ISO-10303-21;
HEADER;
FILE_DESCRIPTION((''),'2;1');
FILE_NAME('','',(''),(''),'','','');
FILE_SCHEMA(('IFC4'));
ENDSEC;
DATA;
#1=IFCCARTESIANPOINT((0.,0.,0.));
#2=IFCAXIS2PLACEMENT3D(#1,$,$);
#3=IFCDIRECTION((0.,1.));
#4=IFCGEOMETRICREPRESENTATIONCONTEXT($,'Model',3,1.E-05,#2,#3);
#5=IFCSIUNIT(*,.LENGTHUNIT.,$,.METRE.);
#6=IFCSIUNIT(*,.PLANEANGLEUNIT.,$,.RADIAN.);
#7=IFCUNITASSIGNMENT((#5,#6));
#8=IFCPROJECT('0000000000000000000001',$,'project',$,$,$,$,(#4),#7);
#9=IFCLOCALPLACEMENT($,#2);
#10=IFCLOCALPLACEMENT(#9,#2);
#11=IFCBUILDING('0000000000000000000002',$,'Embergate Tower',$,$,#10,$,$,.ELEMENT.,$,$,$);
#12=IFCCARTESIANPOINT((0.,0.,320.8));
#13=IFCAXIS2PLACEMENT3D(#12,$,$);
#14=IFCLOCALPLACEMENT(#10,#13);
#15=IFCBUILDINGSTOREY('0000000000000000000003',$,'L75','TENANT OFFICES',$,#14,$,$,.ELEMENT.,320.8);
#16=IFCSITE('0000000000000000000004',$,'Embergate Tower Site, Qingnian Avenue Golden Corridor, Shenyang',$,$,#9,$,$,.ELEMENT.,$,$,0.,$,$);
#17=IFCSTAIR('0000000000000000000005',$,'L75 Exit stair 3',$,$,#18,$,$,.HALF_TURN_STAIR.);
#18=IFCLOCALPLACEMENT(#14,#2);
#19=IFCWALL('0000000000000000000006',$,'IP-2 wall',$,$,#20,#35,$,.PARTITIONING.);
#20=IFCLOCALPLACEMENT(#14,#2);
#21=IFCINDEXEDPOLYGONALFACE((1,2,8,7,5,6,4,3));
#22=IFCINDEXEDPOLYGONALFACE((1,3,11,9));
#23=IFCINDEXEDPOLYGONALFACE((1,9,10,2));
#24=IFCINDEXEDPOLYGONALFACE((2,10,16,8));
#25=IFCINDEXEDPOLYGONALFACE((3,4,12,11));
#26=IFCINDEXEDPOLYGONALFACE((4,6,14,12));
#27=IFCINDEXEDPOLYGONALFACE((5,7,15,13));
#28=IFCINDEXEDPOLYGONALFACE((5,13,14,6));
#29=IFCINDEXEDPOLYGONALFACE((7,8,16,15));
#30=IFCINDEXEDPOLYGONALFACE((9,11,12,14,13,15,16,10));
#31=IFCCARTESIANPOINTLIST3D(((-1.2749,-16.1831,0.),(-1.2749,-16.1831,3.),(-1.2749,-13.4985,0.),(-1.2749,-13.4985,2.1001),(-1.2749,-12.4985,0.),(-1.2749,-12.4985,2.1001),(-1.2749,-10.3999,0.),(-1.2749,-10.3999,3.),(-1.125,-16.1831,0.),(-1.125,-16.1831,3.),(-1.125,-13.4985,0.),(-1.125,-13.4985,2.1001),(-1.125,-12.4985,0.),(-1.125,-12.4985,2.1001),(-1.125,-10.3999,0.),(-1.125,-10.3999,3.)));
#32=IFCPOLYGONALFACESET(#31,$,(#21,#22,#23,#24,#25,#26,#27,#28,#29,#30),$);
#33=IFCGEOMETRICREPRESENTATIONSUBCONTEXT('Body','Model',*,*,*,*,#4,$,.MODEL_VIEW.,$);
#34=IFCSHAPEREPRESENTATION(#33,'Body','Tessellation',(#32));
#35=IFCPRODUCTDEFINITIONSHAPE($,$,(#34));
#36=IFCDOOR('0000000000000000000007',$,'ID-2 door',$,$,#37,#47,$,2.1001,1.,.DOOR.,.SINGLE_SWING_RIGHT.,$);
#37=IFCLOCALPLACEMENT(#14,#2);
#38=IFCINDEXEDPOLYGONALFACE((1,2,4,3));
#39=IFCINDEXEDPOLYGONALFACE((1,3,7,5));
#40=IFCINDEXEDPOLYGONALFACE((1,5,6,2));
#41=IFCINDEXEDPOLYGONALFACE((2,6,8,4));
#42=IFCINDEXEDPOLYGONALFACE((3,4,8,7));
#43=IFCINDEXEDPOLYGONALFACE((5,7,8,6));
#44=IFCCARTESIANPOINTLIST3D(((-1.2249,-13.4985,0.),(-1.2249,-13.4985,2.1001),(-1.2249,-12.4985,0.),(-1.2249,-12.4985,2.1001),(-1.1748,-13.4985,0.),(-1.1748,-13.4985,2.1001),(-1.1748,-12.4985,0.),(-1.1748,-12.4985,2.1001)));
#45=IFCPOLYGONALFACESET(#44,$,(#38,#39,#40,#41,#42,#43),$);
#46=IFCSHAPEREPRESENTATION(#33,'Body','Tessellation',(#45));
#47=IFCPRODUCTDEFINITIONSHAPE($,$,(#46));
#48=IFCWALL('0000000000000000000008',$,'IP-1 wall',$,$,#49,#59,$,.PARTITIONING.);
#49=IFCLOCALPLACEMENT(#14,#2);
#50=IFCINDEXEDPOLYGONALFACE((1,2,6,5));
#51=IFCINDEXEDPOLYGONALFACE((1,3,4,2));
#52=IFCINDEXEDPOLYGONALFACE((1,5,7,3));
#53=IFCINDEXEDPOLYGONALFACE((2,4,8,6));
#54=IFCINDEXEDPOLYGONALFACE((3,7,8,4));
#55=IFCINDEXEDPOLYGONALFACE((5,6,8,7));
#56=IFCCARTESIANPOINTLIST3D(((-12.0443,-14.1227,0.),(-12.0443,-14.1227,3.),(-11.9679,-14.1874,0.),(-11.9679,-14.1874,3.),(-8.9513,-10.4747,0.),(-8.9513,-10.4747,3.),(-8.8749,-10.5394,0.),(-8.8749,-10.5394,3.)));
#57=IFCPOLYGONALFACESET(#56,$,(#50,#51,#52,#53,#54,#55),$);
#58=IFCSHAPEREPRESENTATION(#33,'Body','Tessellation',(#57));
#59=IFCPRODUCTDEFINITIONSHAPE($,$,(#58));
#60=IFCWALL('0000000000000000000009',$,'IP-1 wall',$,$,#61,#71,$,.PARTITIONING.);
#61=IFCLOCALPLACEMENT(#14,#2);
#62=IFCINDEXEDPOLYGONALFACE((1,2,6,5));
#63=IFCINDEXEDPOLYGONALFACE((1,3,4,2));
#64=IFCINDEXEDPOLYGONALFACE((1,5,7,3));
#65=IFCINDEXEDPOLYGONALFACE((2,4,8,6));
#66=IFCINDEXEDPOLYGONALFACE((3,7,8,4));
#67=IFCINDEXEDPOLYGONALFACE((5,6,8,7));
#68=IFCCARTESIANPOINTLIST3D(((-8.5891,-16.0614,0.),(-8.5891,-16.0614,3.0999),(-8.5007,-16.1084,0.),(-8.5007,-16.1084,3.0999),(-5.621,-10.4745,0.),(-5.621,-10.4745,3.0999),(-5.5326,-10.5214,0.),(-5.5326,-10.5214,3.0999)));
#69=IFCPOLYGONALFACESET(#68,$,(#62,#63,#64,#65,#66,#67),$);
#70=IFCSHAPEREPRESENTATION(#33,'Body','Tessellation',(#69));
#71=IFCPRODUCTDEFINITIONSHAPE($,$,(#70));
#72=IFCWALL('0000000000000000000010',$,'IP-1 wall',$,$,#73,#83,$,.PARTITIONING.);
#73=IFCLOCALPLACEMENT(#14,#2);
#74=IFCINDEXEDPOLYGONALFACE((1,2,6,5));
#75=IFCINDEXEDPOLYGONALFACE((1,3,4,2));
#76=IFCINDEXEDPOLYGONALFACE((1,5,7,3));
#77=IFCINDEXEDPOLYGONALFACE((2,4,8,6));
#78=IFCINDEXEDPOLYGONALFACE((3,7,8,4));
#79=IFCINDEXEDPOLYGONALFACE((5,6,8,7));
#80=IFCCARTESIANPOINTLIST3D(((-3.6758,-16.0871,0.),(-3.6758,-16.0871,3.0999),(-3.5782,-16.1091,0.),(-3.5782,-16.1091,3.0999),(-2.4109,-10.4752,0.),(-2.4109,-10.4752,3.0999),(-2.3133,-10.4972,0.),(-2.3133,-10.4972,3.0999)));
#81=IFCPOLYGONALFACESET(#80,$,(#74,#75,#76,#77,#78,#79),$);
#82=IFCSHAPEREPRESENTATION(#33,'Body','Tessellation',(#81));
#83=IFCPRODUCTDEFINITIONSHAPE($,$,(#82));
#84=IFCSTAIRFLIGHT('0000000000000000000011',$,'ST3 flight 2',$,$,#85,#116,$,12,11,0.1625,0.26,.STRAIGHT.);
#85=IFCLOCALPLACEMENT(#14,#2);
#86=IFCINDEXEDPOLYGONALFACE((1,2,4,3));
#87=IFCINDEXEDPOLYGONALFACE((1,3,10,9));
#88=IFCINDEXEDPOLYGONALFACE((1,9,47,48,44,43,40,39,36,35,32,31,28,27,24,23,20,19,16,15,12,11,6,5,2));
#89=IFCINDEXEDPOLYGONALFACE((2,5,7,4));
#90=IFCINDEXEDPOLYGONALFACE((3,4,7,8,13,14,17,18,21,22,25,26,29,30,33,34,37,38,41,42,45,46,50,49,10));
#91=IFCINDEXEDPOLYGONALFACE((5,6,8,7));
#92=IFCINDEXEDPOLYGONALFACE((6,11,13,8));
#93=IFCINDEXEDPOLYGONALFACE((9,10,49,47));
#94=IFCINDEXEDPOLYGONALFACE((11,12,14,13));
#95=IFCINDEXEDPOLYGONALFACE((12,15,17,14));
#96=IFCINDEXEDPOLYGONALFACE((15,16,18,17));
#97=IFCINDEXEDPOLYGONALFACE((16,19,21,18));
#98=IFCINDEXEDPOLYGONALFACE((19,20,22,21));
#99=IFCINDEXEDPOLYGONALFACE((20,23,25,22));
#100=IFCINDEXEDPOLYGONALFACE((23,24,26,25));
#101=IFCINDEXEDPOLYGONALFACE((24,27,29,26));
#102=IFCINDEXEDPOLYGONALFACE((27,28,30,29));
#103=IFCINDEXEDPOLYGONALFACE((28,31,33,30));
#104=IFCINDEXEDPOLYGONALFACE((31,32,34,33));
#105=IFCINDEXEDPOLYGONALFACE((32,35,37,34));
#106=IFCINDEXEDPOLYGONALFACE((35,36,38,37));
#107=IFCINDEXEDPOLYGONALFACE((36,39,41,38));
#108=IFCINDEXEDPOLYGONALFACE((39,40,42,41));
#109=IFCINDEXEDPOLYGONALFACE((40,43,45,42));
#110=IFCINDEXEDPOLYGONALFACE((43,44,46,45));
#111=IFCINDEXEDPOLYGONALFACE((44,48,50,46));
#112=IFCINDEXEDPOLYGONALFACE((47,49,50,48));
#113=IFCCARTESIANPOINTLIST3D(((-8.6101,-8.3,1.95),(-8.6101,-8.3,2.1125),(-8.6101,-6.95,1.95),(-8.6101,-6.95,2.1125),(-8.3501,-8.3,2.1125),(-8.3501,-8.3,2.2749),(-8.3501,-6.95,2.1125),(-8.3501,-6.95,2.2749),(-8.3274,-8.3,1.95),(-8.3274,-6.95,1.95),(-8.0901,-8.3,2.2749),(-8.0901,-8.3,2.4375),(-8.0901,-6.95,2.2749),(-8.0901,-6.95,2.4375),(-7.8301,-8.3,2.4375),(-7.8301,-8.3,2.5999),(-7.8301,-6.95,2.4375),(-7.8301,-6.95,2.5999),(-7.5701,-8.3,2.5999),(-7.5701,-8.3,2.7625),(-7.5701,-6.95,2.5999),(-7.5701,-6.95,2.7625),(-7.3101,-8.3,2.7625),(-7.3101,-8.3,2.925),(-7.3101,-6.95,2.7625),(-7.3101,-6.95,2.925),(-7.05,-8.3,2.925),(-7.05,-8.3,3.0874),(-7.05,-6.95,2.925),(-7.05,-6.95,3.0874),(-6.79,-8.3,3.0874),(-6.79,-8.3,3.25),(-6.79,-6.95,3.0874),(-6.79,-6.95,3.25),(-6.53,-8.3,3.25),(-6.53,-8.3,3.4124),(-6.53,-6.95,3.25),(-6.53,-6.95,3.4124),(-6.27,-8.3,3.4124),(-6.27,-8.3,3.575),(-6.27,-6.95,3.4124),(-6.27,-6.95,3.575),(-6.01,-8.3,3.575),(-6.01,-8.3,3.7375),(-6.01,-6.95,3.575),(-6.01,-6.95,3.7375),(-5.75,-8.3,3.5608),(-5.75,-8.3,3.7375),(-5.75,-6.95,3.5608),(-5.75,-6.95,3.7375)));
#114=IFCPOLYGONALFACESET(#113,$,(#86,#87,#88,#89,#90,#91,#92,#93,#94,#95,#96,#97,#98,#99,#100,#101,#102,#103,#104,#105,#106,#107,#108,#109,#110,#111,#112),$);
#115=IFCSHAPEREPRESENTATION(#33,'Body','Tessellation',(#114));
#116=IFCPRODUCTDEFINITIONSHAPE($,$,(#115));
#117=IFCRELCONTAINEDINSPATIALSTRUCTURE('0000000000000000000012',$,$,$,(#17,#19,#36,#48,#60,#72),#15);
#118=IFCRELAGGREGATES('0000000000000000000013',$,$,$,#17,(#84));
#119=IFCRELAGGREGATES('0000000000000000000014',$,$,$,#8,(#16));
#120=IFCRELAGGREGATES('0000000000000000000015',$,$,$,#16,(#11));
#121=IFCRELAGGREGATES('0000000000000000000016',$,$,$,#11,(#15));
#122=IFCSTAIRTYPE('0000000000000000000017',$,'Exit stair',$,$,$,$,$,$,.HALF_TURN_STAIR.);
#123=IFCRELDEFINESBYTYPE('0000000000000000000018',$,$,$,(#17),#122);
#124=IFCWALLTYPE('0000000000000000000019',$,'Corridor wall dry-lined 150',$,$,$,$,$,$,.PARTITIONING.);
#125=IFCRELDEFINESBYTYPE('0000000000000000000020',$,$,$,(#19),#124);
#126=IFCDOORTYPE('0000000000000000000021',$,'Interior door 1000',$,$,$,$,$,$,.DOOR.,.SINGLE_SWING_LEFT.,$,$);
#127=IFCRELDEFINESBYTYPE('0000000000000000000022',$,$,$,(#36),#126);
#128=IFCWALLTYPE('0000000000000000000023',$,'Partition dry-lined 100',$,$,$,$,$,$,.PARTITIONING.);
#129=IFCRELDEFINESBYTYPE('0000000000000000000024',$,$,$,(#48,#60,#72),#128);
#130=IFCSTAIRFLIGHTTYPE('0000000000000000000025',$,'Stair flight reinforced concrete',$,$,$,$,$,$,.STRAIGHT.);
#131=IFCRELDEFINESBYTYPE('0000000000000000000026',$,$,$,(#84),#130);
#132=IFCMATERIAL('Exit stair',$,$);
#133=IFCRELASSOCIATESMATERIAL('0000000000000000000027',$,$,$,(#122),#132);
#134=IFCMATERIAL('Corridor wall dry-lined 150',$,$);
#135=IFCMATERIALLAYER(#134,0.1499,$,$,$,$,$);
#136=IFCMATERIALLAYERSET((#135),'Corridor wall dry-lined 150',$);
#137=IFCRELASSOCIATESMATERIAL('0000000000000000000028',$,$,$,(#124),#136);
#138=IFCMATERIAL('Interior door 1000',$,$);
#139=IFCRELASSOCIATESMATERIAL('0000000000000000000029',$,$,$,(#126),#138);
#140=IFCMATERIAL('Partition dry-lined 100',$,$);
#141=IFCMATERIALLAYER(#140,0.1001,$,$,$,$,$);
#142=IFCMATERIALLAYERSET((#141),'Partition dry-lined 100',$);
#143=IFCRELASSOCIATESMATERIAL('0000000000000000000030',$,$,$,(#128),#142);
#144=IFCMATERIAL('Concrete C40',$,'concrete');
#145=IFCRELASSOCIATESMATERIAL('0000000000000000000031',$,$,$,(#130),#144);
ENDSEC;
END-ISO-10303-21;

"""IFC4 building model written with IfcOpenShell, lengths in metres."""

from ifc_helpers import new_model, si_unit, direction, frame, frame_2d, origin, place, context, subcontext, project, spatial, polyline, rectangle, outline, extrude, source, transform, mapped, material, layer, layer_set, type_object, element, fill, aggregate, save


model = new_model("IFC4")

# Units and contexts
model_context = context("Model", 3, precision=1e-05, world=origin(), true_north=direction((0.0, 1.0)))
body_context = subcontext(model_context, "Body", "Model", "MODEL_VIEW")
ifc_project = project(units=[si_unit("LENGTHUNIT", "METRE"), si_unit("PLANEANGLEUNIT", "RADIAN")], contexts=[model_context])

# Site, building, storey
site_placement = place(None, origin())
site = spatial("IfcSite", under=ifc_project, at=site_placement, Name="Embergate Tower Site, Qingnian Avenue Golden Corridor, Shenyang", CompositionType="ELEMENT", RefElevation=0.0)
building_placement = place(site_placement, origin())
building = spatial("IfcBuilding", under=site, at=building_placement, Name="Embergate Tower", CompositionType="ELEMENT")
storey_placement = place(building_placement, frame((0.0, 0.0, 320.8)))
storey = spatial("IfcBuildingStorey", under=building, at=storey_placement, Name="L75", Description="TENANT OFFICES", CompositionType="ELEMENT", Elevation=320.8)

# Stair
ifc_material_1 = material(Name="Exit stair")
stair_type = type_object("IfcStairType", Name="Exit stair", PredefinedType="HALF_TURN_STAIR", material=ifc_material_1)
stair_placement = place(storey_placement, origin())
stair = element("IfcStair", 1, at=stair_placement, inside=storey, type_object=stair_type, Name="L75 Exit stair 3", PredefinedType="HALF_TURN_STAIR")
ifc_material_2 = material(Name="Concrete C40", Category="concrete")

# Shared definitions
ifc_material_3 = material(Name="Corridor wall dry-lined 150")
ifc_layer_1 = layer(ifc_material_3, 0.1499)
ifc_layer_set_1 = layer_set([ifc_layer_1], Name="Corridor wall dry-lined 150")
wall_type_1 = type_object("IfcWallType", Name="Corridor wall dry-lined 150", PredefinedType="PARTITIONING", material=ifc_layer_set_1)

# Wall, opening, door
shared_shape_1 = source(origin(), body_context, "Body", "SweptSolid", [
    extrude(rectangle(XDim=5.7832, YDim=0.1499, at=frame_2d((2.8916, 0.0))), origin(), (0.0, 0.0, 1.0), 3.0),
])
wall_1_placement = place(storey_placement, frame((-1.2, -16.1831, 0.0), z_axis=(0.0, 0.0, 1.0), x_axis=(0.0, 1.0, 0.0)))
wall_1 = element("IfcWall", 2, at=wall_1_placement, inside=storey, type_object=wall_type_1, Name="IP-2 wall", PredefinedType="PARTITIONING", context=body_context, shape_type="MappedRepresentation", body=[
    mapped(shared_shape_1, transform((0.0, 0.0, 0.0))),
])
shared_shape_2 = source(origin(), body_context, "Body", "SweptSolid", [
    extrude(rectangle(XDim=1.0, YDim=2.1001, at=frame_2d((0.5, 1.05))), frame((0.0, 0.085, 0.0), z_axis=(0.0, -1.0, 0.0), x_axis=(1.0, 0.0, 0.0)), (0.0, 0.0, 1.0), 0.1699),
])
opening_1_placement = place(wall_1_placement, frame((2.6846, 0.0, 0.0)))
opening_1 = element("IfcOpeningElement", 3, at=opening_1_placement, cuts=wall_1, PredefinedType="OPENING", context=body_context, shape_type="MappedRepresentation", body=[
    mapped(shared_shape_2, transform((0.0, 0.0, 0.0))),
])
ifc_material_4 = material(Name="Interior door 1000")
door_type_1 = type_object("IfcDoorType", Name="Interior door 1000", OperationType="SINGLE_SWING_LEFT", PredefinedType="DOOR", material=ifc_material_4)
shared_shape_3 = source(origin(), body_context, "Body", "SweptSolid", [
    extrude(rectangle(XDim=1.0, YDim=2.1001, at=frame_2d((0.5, 1.05))), frame((0.0, 0.0249, 0.0), z_axis=(0.0, -1.0, 0.0), x_axis=(1.0, 0.0, 0.0)), (0.0, 0.0, 1.0), 0.05),
])
door_1_placement = place(opening_1_placement, origin())
door_1 = element("IfcDoor", 4, at=door_1_placement, inside=storey, type_object=door_type_1, Name="ID-2 door", OperationType="SINGLE_SWING_RIGHT", OverallHeight=2.1001, OverallWidth=1.0, PredefinedType="DOOR", context=body_context, shape_type="MappedRepresentation", body=[
    mapped(shared_shape_3, transform((0.0, 0.0, 0.0))),
])
fill(opening_1, door_1)

# Walls
ifc_material_5 = material(Name="Partition dry-lined 100")
ifc_layer_2 = layer(ifc_material_5, 0.1001)
ifc_layer_set_2 = layer_set([ifc_layer_2], Name="Partition dry-lined 100")
wall_type_2 = type_object("IfcWallType", Name="Partition dry-lined 100", PredefinedType="PARTITIONING", material=ifc_layer_set_2)
shared_shape_4 = source(origin(), body_context, "Body", "SweptSolid", [
    extrude(rectangle(XDim=4.7827, YDim=0.1001, at=frame_2d((2.3914, 0.0))), origin(), (0.0, 0.0, 1.0), 3.0),
])
wall_2_placement = place(storey_placement, frame((-8.9131, -10.5071, 0.0), z_axis=(0.0, 0.0, 1.0), x_axis=(-0.646708, -0.762737, 0.0)))
element("IfcWall", 5, at=wall_2_placement, inside=storey, type_object=wall_type_2, Name="IP-1 wall", PredefinedType="PARTITIONING", context=body_context, shape_type="MappedRepresentation", body=[
    mapped(shared_shape_4, transform((0.0, 0.0, 0.0))),
])
shared_shape_5 = source(origin(), body_context, "Body", "SweptSolid", [
    extrude(rectangle(XDim=6.3264, YDim=0.1001, at=frame_2d((3.1631, 0.0))), origin(), (0.0, 0.0, 1.0), 3.0999),
])
wall_3_placement = place(storey_placement, frame((-5.5769, -10.498, 0.0), z_axis=(0.0, 0.0, 1.0), x_axis=(-0.469151, -0.883118, 0.0)))
element("IfcWall", 6, at=wall_3_placement, inside=storey, type_object=wall_type_2, Name="IP-1 wall", PredefinedType="PARTITIONING", context=body_context, shape_type="MappedRepresentation", body=[
    mapped(shared_shape_5, transform((0.0, 0.0, 0.0))),
])
shared_shape_6 = source(origin(), body_context, "Body", "SweptSolid", [
    extrude(rectangle(XDim=5.7527, YDim=0.1001, at=frame_2d((2.8765, 0.0))), origin(), (0.0, 0.0, 1.0), 3.0999),
])
wall_4_placement = place(storey_placement, frame((-2.3621, -10.4861, 0.0), z_axis=(0.0, 0.0, 1.0), x_axis=(-0.219882, -0.975527, 0.0)))
element("IfcWall", 7, at=wall_4_placement, inside=storey, type_object=wall_type_2, Name="IP-1 wall", PredefinedType="PARTITIONING", context=body_context, shape_type="MappedRepresentation", body=[
    mapped(shared_shape_6, transform((0.0, 0.0, 0.0))),
])

# Stair flight
stair_flight_type = type_object("IfcStairFlightType", Name="Stair flight reinforced concrete", PredefinedType="STRAIGHT", material=ifc_material_2)
shared_shape_7 = source(origin(), body_context, "Body", "SweptSolid", [
    extrude(outline(polyline([(0.0, 0.0), (0.0, 0.1626), (0.26, 0.1626), (0.26, 0.325), (0.52, 0.325), (0.52, 0.4875), (0.78, 0.4875), (0.78, 0.6499), (1.04, 0.6499), (1.04, 0.8125), (1.3, 0.8125), (1.3, 0.9751), (1.5601, 0.9751), (1.5601, 1.1375), (1.8201, 1.1375), (1.8201, 1.3), (2.0801, 1.3), (2.0801, 1.4624), (2.3401, 1.4624), (2.3401, 1.625), (2.6001, 1.625), (2.6001, 1.7876), (2.8601, 1.7876), (2.8601, 1.95), (2.8601, 1.6108), (0.2827, 0.0), (0.0, 0.0)])), frame((0.0, 0.675, 0.0), z_axis=(0.0, -1.0, 0.0), x_axis=(1.0, 0.0, 0.0)), (0.0, 0.0, 1.0), 1.3501),
])
stair_flight_placement = place(storey_placement, frame((-8.6101, -7.625, 1.95), z_axis=(0.0, 0.0, 1.0), x_axis=(1.0, 0.0, 0.0)))
stair_flight = element("IfcStairFlight", 8, at=stair_flight_placement, type_object=stair_flight_type, Name="ST3 flight 2", NumberOfRisers=12, NumberOfTreads=11, PredefinedType="STRAIGHT", RiserHeight=0.1625, TreadLength=0.26, context=body_context, shape_type="MappedRepresentation", body=[
    mapped(shared_shape_7, transform((0.0, 0.0, 0.0))),
])
aggregate(stair, [stair_flight])

save(model, "model.ifc")
